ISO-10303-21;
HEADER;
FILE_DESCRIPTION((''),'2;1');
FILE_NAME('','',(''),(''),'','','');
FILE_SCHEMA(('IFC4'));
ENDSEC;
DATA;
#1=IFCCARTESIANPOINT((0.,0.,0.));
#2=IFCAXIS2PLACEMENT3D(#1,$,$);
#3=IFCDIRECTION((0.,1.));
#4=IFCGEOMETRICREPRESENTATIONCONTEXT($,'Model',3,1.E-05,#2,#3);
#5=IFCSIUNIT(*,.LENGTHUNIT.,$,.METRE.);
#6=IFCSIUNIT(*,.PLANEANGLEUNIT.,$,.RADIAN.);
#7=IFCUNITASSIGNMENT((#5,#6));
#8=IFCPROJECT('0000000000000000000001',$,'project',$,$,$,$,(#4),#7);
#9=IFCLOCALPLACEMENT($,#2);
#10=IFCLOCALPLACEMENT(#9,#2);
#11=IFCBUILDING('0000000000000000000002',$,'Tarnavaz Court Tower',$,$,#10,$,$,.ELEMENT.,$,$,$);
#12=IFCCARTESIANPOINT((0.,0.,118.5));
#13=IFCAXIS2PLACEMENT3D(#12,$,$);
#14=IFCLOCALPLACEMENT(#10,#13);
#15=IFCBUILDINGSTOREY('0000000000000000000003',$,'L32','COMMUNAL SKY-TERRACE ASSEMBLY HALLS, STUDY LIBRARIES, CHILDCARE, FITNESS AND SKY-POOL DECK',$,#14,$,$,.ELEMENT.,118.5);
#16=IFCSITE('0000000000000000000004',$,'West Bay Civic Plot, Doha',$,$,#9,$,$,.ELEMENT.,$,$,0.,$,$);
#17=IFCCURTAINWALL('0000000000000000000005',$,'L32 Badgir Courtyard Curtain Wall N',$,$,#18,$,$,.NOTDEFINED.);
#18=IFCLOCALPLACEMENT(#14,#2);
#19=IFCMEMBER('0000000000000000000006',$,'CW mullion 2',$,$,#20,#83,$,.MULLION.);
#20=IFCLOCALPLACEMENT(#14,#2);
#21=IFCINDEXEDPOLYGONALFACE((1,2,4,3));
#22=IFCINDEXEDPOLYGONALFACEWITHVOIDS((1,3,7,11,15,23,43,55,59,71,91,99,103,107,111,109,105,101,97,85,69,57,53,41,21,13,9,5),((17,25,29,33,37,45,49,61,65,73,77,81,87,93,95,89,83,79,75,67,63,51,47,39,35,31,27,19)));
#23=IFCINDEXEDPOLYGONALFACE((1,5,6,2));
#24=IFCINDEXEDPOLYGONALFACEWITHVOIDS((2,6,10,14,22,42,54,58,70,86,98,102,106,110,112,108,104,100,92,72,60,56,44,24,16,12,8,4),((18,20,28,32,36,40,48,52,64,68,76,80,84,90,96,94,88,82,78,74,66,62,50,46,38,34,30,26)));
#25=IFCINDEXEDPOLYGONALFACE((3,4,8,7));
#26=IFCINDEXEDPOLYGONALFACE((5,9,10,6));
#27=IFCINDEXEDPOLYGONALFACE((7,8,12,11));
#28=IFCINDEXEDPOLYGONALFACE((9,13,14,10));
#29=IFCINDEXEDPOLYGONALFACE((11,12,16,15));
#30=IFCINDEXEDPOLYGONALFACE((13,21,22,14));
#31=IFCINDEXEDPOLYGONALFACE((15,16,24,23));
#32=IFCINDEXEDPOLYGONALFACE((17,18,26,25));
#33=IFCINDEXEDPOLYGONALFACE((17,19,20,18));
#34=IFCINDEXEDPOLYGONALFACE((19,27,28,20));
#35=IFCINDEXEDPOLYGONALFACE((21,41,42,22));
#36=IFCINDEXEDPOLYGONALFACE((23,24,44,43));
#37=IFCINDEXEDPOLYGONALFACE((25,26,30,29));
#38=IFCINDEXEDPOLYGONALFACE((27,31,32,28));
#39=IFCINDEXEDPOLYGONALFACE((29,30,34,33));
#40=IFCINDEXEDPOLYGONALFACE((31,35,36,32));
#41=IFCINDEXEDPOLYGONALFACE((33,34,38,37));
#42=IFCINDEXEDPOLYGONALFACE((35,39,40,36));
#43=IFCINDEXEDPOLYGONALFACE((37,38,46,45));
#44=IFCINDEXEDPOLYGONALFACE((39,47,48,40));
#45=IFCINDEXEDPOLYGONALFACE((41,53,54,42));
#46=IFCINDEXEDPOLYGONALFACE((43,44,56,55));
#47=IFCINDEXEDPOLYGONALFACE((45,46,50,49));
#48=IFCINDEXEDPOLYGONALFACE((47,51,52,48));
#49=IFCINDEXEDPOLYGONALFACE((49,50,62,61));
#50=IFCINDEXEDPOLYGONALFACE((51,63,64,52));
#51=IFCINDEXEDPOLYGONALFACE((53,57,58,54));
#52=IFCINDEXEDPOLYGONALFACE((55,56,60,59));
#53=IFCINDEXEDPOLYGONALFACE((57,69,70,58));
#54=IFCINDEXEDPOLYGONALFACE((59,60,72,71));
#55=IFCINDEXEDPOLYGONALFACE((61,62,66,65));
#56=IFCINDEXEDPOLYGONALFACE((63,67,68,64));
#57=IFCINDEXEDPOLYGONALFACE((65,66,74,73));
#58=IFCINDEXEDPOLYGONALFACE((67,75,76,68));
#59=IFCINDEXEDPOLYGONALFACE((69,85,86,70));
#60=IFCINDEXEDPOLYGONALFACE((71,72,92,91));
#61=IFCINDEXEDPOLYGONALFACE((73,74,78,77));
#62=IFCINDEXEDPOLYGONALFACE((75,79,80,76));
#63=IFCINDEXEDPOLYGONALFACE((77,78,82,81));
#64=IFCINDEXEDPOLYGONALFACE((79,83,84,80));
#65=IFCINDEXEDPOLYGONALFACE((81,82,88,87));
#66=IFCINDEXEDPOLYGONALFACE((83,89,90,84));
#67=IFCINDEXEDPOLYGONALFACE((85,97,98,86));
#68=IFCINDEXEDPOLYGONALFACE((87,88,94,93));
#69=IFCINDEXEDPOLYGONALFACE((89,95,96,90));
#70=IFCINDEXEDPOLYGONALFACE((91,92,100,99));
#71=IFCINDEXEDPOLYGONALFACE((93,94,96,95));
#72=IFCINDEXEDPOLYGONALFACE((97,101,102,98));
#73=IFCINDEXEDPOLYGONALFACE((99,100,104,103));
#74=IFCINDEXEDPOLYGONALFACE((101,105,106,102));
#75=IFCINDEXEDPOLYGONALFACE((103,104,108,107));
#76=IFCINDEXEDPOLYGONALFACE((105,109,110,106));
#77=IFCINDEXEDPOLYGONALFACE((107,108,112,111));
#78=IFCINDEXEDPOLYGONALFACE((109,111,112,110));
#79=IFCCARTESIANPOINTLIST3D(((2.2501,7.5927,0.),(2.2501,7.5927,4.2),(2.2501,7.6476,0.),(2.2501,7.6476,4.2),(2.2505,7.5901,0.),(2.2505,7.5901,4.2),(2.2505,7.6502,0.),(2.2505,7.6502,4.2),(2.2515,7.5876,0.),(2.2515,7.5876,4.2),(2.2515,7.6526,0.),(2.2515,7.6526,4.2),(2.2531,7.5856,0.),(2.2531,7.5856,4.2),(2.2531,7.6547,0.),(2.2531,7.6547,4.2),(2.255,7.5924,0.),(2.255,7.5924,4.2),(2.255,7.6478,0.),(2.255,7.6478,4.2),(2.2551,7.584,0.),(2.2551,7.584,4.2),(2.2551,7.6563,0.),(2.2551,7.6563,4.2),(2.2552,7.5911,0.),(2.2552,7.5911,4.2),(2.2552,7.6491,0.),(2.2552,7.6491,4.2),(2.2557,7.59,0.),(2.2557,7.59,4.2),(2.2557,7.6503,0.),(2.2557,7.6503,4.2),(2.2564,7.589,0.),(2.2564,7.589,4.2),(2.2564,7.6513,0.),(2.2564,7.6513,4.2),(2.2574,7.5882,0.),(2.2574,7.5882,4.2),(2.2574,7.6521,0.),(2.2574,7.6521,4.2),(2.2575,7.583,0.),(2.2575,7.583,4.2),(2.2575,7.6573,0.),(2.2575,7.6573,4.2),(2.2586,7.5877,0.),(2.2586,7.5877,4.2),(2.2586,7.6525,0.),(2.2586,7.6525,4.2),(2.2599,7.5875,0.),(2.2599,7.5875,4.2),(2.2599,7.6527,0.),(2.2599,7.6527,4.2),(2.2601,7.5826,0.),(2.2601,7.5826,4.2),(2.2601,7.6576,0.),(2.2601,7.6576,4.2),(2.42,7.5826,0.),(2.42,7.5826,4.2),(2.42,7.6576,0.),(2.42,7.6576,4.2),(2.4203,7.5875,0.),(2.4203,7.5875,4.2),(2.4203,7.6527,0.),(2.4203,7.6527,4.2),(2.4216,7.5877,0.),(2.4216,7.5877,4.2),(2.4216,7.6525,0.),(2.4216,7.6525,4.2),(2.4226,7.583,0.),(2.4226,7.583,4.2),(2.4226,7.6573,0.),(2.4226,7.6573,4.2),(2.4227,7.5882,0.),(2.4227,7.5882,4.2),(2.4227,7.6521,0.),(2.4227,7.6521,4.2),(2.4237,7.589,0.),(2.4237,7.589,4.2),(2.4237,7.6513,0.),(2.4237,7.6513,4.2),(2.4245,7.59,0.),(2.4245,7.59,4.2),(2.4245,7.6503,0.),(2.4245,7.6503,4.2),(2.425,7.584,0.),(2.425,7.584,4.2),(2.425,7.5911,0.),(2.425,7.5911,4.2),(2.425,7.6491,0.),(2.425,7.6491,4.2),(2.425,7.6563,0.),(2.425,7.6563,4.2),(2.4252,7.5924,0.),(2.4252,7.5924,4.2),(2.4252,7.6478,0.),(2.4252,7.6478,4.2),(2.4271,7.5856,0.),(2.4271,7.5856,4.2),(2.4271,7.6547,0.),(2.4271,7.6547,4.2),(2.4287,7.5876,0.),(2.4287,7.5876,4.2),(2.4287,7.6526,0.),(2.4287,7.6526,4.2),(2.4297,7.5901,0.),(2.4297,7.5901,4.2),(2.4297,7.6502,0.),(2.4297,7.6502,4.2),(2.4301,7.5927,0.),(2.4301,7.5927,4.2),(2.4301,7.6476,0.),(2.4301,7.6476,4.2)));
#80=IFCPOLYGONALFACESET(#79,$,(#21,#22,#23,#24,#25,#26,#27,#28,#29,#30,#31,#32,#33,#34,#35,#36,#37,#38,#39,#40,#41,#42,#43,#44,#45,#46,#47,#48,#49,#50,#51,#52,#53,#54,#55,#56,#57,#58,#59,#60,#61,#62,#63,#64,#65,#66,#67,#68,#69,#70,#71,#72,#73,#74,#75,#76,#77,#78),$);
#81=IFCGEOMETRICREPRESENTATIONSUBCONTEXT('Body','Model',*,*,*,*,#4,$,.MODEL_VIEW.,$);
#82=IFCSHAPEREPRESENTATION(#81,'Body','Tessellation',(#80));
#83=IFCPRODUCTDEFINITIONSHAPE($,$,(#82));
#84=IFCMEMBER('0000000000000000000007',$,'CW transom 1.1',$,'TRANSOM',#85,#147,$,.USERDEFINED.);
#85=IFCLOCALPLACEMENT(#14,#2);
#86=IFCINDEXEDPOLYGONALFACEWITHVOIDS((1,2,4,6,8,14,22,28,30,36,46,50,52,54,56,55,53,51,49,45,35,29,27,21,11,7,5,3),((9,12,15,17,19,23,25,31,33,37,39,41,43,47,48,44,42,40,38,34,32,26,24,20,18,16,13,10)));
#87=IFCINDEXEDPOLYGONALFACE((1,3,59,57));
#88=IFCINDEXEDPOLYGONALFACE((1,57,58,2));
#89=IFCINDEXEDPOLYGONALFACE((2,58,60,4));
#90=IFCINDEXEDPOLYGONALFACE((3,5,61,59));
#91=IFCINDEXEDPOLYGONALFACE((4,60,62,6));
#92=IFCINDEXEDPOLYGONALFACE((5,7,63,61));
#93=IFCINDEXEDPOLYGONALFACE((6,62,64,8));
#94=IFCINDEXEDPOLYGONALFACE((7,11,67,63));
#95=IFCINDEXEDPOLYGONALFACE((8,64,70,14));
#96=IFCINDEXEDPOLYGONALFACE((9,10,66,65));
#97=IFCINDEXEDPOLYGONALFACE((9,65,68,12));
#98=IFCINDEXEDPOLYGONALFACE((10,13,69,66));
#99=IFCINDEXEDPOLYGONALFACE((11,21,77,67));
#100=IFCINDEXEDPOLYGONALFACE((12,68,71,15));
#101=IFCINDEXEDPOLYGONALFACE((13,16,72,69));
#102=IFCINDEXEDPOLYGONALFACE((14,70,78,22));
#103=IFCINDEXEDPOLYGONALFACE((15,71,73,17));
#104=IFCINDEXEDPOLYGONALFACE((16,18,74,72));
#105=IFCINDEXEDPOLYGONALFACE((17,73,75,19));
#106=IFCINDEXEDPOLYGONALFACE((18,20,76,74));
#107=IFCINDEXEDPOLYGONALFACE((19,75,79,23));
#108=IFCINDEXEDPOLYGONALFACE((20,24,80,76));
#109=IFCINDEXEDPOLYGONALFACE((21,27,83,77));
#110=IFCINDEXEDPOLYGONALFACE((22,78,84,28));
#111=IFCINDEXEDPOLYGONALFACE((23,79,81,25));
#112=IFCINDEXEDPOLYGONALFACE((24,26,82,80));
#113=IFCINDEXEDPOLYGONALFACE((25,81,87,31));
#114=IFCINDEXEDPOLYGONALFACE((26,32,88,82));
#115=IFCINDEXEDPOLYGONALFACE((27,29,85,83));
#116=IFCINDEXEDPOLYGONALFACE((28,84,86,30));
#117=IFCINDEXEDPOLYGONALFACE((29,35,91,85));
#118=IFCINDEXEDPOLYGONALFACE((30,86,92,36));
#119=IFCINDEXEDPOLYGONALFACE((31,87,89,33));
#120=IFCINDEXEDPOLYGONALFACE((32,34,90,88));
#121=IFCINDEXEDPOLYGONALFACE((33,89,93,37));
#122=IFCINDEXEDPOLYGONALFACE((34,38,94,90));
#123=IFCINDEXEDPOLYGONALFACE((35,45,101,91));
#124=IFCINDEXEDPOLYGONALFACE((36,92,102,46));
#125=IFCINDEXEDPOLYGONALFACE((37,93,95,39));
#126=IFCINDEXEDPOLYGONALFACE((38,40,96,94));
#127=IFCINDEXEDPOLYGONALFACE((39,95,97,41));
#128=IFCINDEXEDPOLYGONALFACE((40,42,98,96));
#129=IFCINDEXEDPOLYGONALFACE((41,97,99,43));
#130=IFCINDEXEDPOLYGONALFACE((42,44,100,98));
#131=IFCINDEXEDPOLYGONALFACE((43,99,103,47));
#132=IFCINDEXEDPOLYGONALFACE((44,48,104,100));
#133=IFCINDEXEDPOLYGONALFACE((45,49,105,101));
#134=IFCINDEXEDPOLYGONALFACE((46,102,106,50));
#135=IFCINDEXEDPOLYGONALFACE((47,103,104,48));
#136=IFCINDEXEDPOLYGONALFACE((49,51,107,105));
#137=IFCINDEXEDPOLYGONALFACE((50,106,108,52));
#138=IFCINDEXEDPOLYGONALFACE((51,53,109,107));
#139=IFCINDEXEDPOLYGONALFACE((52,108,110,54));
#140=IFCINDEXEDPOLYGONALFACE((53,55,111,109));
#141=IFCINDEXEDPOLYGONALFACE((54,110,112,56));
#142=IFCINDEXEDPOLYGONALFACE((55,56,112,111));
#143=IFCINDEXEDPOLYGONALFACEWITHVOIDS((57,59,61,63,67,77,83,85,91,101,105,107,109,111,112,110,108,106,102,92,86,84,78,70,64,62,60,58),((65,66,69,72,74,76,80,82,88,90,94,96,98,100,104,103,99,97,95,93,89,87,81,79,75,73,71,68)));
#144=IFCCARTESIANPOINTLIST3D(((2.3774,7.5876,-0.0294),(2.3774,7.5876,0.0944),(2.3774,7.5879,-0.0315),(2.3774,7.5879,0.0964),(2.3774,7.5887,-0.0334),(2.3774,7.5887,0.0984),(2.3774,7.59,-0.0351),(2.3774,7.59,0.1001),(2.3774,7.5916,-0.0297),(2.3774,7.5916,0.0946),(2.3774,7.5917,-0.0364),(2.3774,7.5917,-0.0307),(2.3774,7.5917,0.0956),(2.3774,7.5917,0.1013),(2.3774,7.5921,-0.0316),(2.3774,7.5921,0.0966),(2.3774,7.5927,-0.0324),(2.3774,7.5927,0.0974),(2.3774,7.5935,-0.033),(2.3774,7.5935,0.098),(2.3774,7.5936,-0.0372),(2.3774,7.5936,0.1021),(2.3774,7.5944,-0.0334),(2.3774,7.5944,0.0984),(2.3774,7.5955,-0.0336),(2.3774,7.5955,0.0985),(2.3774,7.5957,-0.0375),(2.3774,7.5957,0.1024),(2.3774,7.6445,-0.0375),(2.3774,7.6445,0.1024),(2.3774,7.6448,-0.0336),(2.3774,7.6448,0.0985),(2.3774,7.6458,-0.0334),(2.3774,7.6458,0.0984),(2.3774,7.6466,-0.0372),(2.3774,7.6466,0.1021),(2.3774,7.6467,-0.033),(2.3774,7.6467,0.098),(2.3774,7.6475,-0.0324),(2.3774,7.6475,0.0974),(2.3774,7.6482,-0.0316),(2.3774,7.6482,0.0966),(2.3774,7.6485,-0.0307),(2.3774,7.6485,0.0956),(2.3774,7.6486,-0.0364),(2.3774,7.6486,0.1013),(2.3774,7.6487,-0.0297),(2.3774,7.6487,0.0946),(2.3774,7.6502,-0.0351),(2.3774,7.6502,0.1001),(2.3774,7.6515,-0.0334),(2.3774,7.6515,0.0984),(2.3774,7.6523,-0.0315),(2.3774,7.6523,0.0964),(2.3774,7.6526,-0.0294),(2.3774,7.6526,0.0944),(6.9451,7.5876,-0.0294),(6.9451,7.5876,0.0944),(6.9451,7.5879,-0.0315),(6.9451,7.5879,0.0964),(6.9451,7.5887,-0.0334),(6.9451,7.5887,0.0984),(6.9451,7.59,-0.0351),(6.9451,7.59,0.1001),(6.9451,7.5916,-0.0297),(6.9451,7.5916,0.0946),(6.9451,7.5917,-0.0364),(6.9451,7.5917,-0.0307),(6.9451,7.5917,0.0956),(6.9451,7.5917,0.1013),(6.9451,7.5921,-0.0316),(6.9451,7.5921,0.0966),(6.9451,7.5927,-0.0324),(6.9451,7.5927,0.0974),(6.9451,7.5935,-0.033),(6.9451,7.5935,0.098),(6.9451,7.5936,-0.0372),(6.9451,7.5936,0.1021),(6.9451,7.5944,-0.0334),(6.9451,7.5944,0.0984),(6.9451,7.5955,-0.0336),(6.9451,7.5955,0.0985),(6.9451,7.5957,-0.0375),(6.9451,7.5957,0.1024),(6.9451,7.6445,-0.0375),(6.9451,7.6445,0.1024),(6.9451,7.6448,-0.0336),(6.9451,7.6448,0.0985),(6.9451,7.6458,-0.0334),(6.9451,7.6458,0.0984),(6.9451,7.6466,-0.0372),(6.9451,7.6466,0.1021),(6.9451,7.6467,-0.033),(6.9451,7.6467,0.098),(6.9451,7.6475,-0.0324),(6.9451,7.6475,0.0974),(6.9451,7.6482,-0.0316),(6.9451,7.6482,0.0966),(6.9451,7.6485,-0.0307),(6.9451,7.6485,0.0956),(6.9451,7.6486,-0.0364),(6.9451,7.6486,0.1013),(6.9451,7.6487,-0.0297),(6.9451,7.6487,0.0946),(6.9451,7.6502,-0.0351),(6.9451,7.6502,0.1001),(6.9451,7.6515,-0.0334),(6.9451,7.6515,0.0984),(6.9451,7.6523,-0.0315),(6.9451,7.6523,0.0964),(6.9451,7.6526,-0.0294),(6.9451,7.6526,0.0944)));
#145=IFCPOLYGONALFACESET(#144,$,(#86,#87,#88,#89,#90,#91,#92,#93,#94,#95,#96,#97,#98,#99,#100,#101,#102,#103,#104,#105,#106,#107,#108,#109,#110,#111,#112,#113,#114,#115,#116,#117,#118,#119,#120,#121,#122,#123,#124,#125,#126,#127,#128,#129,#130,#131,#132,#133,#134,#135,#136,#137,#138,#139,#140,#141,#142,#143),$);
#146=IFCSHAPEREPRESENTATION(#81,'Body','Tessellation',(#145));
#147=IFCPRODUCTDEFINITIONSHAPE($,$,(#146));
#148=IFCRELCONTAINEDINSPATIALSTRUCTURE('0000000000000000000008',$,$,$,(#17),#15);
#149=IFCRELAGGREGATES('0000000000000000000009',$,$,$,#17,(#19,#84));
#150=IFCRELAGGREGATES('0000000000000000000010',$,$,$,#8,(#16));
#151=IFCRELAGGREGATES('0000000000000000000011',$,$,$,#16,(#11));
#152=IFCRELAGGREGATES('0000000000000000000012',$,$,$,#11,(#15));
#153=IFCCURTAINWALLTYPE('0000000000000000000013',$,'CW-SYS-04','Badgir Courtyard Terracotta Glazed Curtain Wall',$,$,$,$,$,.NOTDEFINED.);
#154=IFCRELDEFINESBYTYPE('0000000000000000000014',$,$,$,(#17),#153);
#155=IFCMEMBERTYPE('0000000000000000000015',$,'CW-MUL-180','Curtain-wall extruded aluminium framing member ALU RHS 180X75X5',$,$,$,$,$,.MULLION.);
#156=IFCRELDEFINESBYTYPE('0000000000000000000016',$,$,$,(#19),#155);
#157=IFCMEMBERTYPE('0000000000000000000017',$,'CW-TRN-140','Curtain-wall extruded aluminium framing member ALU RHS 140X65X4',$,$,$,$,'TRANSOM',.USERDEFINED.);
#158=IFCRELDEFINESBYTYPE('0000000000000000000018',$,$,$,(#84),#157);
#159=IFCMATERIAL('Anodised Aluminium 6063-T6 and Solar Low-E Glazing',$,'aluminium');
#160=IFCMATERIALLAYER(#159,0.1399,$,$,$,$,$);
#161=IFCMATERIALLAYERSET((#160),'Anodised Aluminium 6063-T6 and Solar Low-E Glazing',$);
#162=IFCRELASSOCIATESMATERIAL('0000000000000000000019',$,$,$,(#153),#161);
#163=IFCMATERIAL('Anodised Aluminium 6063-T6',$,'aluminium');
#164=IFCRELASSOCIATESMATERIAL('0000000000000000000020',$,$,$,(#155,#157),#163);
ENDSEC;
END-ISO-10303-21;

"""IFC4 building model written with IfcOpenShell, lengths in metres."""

from ifc_helpers import new_model, si_unit, direction, frame, origin, origin_2d, place, context, subcontext, project, spatial, hollow_rectangle, extrude, material, layer, layer_set, material_profile, profile_set, type_object, element, aggregate, save


model = new_model("IFC4")

# Units and contexts
model_context = context("Model", 3, precision=1e-05, world=origin(), true_north=direction((0.0, 1.0)))
body_context = subcontext(model_context, "Body", "Model", "MODEL_VIEW")
ifc_project = project(units=[si_unit("LENGTHUNIT", "METRE"), si_unit("PLANEANGLEUNIT", "RADIAN")], contexts=[model_context])

# Site, building, storey
site_placement = place(None, origin())
site = spatial("IfcSite", under=ifc_project, at=site_placement, Name="West Bay Civic Plot, Doha", CompositionType="ELEMENT", RefElevation=0.0)
building_placement = place(site_placement, origin())
building = spatial("IfcBuilding", under=site, at=building_placement, Name="Tarnavaz Court Tower", CompositionType="ELEMENT")
storey_placement = place(building_placement, frame((0.0, 0.0, 118.5)))
storey = spatial("IfcBuildingStorey", under=building, at=storey_placement, Name="L32", Description="COMMUNAL SKY-TERRACE ASSEMBLY HALLS, STUDY LIBRARIES, CHILDCARE, FITNESS AND SKY-POOL DECK", CompositionType="ELEMENT", Elevation=118.5)

# Curtain wall, members
ifc_material_1 = material(Name="Anodised Aluminium 6063-T6 and Solar Low-E Glazing", Category="aluminium")
ifc_layer_1 = layer(ifc_material_1, 0.1399)
ifc_layer_set_1 = layer_set([ifc_layer_1], Name="Anodised Aluminium 6063-T6 and Solar Low-E Glazing")
curtain_wall_type = type_object("IfcCurtainWallType", Name="CW-SYS-04", Description="Badgir Courtyard Terracotta Glazed Curtain Wall", PredefinedType="NOTDEFINED", material=ifc_layer_set_1)
curtain_wall_placement = place(storey_placement, origin())
curtain_wall = element("IfcCurtainWall", 1, at=curtain_wall_placement, inside=storey, type_object=curtain_wall_type, Name="L32 Badgir Courtyard Curtain Wall N", PredefinedType="NOTDEFINED")
ifc_material_2 = material(Name="Anodised Aluminium 6063-T6", Category="aluminium")
ifc_material_profile_1 = material_profile(ifc_material_2, hollow_rectangle(XDim=0.075, YDim=0.1799, WallThickness=0.0049, InnerFilletRadius=0.0049, OuterFilletRadius=0.01, at=origin_2d()), Name="ALU RHS 180X75X5")
ifc_profile_set_1 = profile_set([ifc_material_profile_1], Name="Anodised Aluminium 6063-T6")
member_type_1 = type_object("IfcMemberType", Name="CW-MUL-180", Description="Curtain-wall extruded aluminium framing member ALU RHS 180X75X5", PredefinedType="MULLION", material=ifc_profile_set_1)
member_1_placement = place(storey_placement, frame((2.3401, 7.6201, 0.0), z_axis=(0.0, 0.0, 1.0), x_axis=(0.0, -1.0, 0.0)))
member_1 = element("IfcMember", 2, at=member_1_placement, type_object=member_type_1, Name="CW mullion 2", PredefinedType="MULLION", context=body_context, shape_type="SweptSolid", body=[
    extrude(hollow_rectangle(XDim=0.075, YDim=0.1799, WallThickness=0.0049, InnerFilletRadius=0.0049, OuterFilletRadius=0.01, at=origin_2d()), origin(), (0.0, 0.0, 1.0), 4.2),
])
ifc_material_profile_2 = material_profile(ifc_material_2, hollow_rectangle(XDim=0.0649, YDim=0.1399, WallThickness=0.0039, InnerFilletRadius=0.0039, OuterFilletRadius=0.0081, at=origin_2d()), Name="ALU RHS 140X65X4")
ifc_profile_set_2 = profile_set([ifc_material_profile_2], Name="Anodised Aluminium 6063-T6")
member_type_2 = type_object("IfcMemberType", Name="CW-TRN-140", Description="Curtain-wall extruded aluminium framing member ALU RHS 140X65X4", ElementType="TRANSOM", PredefinedType="USERDEFINED", material=ifc_profile_set_2)
member_2_placement = place(storey_placement, frame((6.9451, 7.6201, 0.0325), z_axis=(-1.0, 0.0, 0.0), x_axis=(0.0, -1.0, 0.0)))
member_2 = element("IfcMember", 3, at=member_2_placement, type_object=member_type_2, Name="CW transom 1.1", ObjectType="TRANSOM", PredefinedType="USERDEFINED", context=body_context, shape_type="SweptSolid", body=[
    extrude(hollow_rectangle(XDim=0.0649, YDim=0.1399, WallThickness=0.0039, InnerFilletRadius=0.0039, OuterFilletRadius=0.0081, at=origin_2d()), origin(), (0.0, 0.0, 1.0), 4.5676),
])
aggregate(curtain_wall, [member_1, member_2])

save(model, "model.ifc")
